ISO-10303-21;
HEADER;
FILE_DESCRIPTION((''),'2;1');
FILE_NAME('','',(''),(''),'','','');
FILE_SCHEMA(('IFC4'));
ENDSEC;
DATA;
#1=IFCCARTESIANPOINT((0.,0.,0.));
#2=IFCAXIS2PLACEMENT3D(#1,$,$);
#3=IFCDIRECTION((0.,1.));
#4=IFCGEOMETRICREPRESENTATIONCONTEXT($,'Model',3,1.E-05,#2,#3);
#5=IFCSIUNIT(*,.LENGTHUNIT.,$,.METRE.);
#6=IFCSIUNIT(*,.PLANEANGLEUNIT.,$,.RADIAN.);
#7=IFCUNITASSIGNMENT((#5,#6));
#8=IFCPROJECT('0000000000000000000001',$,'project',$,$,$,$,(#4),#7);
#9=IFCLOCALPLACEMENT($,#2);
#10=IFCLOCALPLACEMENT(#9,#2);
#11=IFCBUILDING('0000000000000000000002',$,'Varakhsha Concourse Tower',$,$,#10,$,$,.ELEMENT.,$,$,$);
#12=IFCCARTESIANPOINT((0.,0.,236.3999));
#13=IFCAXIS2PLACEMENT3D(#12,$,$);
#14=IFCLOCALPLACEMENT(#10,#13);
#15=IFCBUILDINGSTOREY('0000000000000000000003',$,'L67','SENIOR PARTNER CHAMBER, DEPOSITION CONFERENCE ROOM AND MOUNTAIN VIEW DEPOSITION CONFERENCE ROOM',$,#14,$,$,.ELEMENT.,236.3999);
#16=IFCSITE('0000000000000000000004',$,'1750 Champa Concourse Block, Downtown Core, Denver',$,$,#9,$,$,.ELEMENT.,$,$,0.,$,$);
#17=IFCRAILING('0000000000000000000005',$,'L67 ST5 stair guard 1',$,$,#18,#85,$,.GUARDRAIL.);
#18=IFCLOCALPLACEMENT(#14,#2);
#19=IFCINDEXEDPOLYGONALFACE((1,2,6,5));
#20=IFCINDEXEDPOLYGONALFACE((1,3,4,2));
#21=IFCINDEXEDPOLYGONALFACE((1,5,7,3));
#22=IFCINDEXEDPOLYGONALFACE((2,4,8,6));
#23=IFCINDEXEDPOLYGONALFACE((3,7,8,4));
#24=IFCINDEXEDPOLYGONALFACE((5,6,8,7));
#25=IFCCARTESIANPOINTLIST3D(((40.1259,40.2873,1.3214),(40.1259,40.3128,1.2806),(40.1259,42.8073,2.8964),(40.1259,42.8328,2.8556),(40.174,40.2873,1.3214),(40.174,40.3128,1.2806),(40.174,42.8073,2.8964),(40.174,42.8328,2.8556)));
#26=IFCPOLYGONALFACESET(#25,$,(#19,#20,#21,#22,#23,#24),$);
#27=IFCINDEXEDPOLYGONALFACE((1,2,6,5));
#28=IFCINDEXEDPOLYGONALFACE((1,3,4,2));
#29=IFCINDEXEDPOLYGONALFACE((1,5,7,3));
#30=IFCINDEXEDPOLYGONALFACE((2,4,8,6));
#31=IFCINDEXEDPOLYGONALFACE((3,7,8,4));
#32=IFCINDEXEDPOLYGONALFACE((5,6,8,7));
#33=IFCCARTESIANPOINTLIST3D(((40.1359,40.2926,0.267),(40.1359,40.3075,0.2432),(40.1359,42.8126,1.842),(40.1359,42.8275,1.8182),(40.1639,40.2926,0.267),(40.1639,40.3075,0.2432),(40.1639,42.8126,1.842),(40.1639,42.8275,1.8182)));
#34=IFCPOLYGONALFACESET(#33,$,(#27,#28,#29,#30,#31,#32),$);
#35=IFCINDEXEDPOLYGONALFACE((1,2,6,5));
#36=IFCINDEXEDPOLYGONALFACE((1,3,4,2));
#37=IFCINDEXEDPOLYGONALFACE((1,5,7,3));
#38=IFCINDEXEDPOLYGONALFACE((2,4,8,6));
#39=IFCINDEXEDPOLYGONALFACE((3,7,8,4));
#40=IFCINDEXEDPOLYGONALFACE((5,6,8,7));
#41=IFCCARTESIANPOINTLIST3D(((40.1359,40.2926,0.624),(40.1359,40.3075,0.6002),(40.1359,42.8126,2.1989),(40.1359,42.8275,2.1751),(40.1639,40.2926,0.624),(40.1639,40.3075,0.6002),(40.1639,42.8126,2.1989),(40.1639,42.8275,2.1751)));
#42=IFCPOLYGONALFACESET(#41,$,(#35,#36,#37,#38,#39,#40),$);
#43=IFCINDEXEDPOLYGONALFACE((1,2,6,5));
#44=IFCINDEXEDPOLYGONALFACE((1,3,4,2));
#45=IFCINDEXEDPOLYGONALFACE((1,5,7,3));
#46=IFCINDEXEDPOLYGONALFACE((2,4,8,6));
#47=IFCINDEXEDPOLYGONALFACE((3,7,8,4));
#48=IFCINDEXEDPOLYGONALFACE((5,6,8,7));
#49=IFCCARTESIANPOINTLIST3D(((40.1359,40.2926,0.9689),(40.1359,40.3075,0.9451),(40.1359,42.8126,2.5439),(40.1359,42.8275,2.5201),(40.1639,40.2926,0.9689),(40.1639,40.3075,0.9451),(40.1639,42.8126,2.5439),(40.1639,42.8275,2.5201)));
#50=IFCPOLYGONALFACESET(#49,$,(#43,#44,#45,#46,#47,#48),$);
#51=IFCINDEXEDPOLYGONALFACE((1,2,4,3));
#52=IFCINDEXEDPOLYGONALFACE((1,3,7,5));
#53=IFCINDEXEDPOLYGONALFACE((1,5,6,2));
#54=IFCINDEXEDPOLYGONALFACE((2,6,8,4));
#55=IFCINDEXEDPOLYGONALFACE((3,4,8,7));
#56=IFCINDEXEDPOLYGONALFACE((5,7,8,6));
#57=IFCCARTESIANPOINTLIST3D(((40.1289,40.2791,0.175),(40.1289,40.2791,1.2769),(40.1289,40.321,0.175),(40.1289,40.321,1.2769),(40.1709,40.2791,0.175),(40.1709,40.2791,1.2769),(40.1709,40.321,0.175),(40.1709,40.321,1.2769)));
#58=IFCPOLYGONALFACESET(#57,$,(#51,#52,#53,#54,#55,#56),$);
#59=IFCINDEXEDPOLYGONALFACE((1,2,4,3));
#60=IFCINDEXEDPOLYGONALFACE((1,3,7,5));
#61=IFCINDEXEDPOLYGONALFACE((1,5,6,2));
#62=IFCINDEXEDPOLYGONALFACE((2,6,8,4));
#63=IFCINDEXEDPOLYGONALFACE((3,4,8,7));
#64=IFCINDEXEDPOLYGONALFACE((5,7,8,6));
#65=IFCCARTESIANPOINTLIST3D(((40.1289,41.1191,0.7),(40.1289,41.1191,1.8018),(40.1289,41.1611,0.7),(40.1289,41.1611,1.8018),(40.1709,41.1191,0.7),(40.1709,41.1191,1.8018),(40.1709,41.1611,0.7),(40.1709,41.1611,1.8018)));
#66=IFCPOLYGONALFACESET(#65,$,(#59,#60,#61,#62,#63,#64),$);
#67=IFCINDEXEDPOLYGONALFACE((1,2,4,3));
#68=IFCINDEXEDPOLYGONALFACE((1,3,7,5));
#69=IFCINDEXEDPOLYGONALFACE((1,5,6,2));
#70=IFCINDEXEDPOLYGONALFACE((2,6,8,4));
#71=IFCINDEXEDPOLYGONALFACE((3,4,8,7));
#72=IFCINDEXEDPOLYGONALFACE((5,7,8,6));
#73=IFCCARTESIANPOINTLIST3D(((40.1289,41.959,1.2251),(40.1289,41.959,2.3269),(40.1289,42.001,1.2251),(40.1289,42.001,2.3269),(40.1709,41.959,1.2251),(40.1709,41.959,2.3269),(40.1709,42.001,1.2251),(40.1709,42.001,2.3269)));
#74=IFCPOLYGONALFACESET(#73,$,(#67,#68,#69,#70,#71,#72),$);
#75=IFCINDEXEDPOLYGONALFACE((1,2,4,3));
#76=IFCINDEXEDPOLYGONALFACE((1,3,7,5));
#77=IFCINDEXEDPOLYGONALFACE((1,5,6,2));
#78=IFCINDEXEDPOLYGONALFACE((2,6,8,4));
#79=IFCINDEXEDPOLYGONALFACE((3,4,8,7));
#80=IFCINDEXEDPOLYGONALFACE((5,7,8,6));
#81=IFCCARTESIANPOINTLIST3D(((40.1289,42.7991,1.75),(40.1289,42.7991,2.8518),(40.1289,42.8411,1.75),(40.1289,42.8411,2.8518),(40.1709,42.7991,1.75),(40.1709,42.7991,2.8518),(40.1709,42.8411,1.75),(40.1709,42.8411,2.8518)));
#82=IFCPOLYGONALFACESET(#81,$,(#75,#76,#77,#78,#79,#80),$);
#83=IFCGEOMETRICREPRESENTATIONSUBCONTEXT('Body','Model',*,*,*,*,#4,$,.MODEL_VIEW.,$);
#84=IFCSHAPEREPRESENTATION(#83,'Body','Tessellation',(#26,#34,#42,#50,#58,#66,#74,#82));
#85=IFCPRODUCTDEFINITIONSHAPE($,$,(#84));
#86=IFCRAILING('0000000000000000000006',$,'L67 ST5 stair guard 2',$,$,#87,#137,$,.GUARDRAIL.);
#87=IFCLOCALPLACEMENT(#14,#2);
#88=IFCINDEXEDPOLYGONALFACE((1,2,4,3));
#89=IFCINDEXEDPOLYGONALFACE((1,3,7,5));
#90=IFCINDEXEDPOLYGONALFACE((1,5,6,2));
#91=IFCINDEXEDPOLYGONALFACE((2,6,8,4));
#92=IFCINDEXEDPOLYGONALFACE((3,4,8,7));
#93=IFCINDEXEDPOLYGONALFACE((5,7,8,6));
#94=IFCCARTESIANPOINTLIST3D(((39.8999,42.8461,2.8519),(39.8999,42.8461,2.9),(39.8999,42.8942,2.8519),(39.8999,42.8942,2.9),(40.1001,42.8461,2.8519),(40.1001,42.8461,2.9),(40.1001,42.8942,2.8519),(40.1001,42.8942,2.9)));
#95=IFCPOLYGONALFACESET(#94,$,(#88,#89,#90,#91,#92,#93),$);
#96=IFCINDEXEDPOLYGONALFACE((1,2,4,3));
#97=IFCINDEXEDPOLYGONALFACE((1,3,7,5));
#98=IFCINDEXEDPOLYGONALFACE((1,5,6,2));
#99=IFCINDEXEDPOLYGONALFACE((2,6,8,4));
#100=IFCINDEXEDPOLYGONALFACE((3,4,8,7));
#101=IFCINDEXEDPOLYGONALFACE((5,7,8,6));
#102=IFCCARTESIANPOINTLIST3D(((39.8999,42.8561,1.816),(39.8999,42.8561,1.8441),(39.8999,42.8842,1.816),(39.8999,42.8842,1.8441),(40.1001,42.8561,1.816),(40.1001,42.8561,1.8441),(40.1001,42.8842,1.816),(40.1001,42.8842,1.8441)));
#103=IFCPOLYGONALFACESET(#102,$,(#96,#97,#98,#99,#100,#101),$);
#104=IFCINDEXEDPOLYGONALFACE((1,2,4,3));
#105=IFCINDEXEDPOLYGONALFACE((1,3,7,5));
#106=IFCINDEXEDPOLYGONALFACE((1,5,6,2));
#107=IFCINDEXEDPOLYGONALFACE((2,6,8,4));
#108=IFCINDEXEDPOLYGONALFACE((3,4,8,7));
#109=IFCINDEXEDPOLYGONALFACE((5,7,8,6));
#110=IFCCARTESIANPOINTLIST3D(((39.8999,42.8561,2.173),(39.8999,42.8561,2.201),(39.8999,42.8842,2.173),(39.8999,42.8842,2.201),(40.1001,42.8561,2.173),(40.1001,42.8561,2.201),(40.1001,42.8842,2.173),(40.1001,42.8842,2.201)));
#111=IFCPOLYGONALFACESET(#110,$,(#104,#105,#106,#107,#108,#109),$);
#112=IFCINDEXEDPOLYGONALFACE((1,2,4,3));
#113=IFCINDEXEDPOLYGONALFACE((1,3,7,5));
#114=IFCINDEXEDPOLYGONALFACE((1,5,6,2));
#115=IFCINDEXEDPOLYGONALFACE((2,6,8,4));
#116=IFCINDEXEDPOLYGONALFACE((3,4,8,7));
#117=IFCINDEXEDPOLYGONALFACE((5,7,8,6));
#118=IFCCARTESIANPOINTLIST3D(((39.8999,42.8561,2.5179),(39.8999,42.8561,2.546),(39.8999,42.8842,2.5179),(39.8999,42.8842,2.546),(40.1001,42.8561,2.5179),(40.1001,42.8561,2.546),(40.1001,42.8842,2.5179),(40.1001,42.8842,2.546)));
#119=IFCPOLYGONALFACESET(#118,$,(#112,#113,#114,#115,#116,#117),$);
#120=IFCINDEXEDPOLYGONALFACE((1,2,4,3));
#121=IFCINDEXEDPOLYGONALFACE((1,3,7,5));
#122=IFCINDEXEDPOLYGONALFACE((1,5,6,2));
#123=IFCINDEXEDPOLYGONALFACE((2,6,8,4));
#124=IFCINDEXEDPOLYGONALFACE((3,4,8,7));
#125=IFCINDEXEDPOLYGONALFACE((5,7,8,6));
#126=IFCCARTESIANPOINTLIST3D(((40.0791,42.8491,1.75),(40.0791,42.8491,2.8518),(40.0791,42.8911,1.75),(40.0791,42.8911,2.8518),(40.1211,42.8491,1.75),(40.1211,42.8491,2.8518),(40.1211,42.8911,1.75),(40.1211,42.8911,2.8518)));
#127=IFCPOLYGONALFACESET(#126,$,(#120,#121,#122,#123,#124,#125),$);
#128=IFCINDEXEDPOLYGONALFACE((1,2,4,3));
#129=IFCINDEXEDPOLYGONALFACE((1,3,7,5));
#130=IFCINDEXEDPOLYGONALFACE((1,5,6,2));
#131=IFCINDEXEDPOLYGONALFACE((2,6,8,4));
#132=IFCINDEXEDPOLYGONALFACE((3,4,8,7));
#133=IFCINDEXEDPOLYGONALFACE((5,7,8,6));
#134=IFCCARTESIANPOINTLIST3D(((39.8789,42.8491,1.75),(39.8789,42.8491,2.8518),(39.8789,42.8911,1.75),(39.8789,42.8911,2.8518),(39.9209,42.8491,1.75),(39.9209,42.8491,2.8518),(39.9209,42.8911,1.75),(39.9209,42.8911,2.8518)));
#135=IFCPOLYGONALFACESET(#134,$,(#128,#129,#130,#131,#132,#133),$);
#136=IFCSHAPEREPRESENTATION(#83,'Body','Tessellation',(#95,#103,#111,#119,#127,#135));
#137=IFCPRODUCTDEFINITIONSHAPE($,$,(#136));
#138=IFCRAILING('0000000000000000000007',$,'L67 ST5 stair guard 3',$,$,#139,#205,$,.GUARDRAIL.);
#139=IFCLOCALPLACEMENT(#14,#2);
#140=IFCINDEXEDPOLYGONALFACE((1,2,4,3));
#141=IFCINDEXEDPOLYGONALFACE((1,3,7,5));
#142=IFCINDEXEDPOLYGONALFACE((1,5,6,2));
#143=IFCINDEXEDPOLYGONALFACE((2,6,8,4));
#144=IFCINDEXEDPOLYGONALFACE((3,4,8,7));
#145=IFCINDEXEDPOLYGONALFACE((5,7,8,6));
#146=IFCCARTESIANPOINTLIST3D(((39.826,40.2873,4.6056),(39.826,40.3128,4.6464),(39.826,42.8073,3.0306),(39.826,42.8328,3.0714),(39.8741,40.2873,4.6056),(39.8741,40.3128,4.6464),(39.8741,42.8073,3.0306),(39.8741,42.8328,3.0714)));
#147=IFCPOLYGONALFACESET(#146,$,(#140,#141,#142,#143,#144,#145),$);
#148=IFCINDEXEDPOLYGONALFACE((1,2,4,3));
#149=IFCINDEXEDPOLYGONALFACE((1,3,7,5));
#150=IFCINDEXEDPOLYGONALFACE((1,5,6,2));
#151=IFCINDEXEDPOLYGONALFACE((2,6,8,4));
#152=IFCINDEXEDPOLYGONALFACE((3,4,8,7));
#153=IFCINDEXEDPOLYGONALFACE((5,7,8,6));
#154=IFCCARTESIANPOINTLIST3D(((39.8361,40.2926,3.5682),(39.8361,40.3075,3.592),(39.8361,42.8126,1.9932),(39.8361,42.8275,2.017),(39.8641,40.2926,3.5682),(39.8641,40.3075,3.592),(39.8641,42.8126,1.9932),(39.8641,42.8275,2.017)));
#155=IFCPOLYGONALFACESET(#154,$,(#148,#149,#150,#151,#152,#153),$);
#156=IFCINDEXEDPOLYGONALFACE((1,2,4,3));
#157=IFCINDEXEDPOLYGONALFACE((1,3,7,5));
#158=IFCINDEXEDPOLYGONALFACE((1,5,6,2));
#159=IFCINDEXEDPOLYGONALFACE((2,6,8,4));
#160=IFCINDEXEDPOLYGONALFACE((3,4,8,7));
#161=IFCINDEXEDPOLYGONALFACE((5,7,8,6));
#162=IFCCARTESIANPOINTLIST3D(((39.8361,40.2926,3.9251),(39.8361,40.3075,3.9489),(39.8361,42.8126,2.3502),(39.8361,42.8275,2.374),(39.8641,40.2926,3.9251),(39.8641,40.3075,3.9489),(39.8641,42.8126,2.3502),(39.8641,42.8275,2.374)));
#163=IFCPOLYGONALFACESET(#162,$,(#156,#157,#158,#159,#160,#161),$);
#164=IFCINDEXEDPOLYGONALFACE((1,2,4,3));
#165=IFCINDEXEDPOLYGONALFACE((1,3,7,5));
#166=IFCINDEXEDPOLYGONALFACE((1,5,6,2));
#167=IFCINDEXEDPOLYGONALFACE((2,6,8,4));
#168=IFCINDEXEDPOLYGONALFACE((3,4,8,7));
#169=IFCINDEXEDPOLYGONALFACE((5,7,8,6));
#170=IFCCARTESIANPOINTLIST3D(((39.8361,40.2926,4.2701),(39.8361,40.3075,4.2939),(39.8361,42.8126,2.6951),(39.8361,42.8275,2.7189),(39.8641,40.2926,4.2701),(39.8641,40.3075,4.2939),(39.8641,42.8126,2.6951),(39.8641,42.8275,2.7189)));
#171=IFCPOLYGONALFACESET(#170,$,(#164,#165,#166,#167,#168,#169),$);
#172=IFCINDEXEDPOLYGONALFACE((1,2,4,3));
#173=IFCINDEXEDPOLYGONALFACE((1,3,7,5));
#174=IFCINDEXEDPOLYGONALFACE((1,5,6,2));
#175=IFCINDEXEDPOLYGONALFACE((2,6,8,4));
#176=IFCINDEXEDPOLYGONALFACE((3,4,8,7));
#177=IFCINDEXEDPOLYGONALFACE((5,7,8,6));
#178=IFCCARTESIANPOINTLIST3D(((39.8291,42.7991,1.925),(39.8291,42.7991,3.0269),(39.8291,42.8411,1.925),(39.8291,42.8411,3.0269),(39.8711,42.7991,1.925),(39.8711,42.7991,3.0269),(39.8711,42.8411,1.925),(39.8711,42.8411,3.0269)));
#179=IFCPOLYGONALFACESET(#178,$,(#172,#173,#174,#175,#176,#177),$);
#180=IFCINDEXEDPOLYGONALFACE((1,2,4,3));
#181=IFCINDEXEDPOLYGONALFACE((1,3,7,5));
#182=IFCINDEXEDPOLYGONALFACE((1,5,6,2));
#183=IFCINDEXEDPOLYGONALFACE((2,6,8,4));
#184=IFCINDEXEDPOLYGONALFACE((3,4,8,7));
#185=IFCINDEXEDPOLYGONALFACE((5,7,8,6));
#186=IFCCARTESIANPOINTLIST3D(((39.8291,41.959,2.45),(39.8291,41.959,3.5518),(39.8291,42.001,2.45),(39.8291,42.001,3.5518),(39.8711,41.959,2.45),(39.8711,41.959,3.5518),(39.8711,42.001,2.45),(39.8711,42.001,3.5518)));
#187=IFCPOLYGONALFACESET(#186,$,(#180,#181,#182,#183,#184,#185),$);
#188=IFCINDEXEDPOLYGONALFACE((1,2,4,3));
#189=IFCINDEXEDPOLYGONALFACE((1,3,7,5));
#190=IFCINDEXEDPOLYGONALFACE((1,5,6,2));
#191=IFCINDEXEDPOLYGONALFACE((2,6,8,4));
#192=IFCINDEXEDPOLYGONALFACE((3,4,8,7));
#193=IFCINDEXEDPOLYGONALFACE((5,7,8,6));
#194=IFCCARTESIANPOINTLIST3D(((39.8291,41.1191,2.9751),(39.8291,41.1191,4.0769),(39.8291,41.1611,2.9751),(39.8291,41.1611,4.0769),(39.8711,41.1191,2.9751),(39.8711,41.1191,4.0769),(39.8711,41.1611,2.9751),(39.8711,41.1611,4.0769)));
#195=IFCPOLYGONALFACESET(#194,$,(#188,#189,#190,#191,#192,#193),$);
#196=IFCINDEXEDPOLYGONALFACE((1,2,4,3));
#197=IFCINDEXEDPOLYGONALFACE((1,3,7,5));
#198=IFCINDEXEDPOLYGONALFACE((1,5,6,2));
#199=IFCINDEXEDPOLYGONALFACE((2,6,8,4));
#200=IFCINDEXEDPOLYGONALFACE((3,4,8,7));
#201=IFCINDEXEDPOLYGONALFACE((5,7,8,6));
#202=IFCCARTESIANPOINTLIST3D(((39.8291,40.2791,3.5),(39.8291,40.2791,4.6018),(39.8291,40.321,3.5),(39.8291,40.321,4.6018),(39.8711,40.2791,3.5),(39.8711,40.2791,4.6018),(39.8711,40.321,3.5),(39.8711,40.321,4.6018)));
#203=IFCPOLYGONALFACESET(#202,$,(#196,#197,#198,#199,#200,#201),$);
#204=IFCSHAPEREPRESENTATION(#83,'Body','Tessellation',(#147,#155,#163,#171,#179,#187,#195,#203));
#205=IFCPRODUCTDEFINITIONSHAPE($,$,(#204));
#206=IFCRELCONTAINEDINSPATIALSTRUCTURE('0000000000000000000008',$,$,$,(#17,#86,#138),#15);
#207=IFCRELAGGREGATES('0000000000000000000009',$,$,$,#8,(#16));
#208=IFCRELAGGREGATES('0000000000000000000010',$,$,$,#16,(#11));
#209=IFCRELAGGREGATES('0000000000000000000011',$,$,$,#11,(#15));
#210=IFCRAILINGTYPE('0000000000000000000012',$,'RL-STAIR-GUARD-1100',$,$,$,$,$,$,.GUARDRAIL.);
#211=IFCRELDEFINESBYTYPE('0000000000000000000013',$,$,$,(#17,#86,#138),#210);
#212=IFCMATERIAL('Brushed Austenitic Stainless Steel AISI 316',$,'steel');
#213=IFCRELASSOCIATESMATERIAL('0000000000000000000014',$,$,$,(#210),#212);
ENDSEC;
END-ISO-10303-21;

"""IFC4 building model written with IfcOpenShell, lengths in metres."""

from ifc_helpers import new_model, si_unit, direction, frame, origin, origin_2d, place, context, subcontext, project, spatial, rectangle, extrude, material, type_object, element, save


model = new_model("IFC4")

# Units and contexts
model_context = context("Model", 3, precision=1e-05, world=origin(), true_north=direction((0.0, 1.0)))
body_context = subcontext(model_context, "Body", "Model", "MODEL_VIEW")
ifc_project = project(units=[si_unit("LENGTHUNIT", "METRE"), si_unit("PLANEANGLEUNIT", "RADIAN")], contexts=[model_context])

# Site, building, storey
site_placement = place(None, origin())
site = spatial("IfcSite", under=ifc_project, at=site_placement, Name="1750 Champa Concourse Block, Downtown Core, Denver", CompositionType="ELEMENT", RefElevation=0.0)
building_placement = place(site_placement, origin())
building = spatial("IfcBuilding", under=site, at=building_placement, Name="Varakhsha Concourse Tower", CompositionType="ELEMENT")
storey_placement = place(building_placement, frame((0.0, 0.0, 236.3999)))
storey = spatial("IfcBuildingStorey", under=building, at=storey_placement, Name="L67", Description="SENIOR PARTNER CHAMBER, DEPOSITION CONFERENCE ROOM AND MOUNTAIN VIEW DEPOSITION CONFERENCE ROOM", CompositionType="ELEMENT", Elevation=236.3999)

# Railings
ifc_material_1 = material(Name="Brushed Austenitic Stainless Steel AISI 316", Category="steel")
railing_type_1 = type_object("IfcRailingType", Name="RL-STAIR-GUARD-1100", PredefinedType="GUARDRAIL", material=ifc_material_1)
railing_1_placement = place(storey_placement, frame((40.1499, 40.3, 0.175)))
element("IfcRailing", 1, at=railing_1_placement, inside=storey, type_object=railing_type_1, Name="L67 ST5 stair guard 1", PredefinedType="GUARDRAIL", context=body_context, shape_type="SweptSolid", body=[
    extrude(rectangle(XDim=0.0481, YDim=0.0481, at=origin_2d()), frame((0.0, 0.0, 1.126), z_axis=(0.0, 0.848008, 0.529984), x_axis=(-1.0, 0.0, 0.0)), (0.0, 0.0, 1.0), 2.9717),
    extrude(rectangle(XDim=0.0281, YDim=0.0281, at=origin_2d()), frame((0.0, 0.0, 0.0801), z_axis=(0.0, 0.848008, 0.529984), x_axis=(-1.0, 0.0, 0.0)), (0.0, 0.0, 1.0), 2.9717),
    extrude(rectangle(XDim=0.0281, YDim=0.0281, at=origin_2d()), frame((0.0, 0.0, 0.437), z_axis=(0.0, 0.848008, 0.529984), x_axis=(-1.0, 0.0, 0.0)), (0.0, 0.0, 1.0), 2.9717),
    extrude(rectangle(XDim=0.0281, YDim=0.0281, at=origin_2d()), frame((0.0, 0.0, 0.782), z_axis=(0.0, 0.848008, 0.529984), x_axis=(-1.0, 0.0, 0.0)), (0.0, 0.0, 1.0), 2.9717),
    extrude(rectangle(XDim=0.042, YDim=0.042, at=origin_2d()), origin(), (0.0, 0.0, 1.0), 1.1018),
    extrude(rectangle(XDim=0.042, YDim=0.042, at=origin_2d()), frame((0.0, 0.8401, 0.5249)), (0.0, 0.0, 1.0), 1.1018),
    extrude(rectangle(XDim=0.042, YDim=0.042, at=origin_2d()), frame((0.0, 1.6799, 1.05)), (0.0, 0.0, 1.0), 1.1018),
    extrude(rectangle(XDim=0.042, YDim=0.042, at=origin_2d()), frame((0.0, 2.52, 1.575)), (0.0, 0.0, 1.0), 1.1018),
])
railing_2_placement = place(storey_placement, frame((40.1001, 42.8701, 1.75)))
element("IfcRailing", 2, at=railing_2_placement, inside=storey, type_object=railing_type_1, Name="L67 ST5 stair guard 2", PredefinedType="GUARDRAIL", context=body_context, shape_type="SweptSolid", body=[
    extrude(rectangle(XDim=0.0481, YDim=0.0481, at=origin_2d()), frame((0.0, 0.0, 1.126), z_axis=(-1.0, 0.0, 0.0), x_axis=(0.0, -1.0, 0.0)), (0.0, 0.0, 1.0), 0.2002),
    extrude(rectangle(XDim=0.0281, YDim=0.0281, at=origin_2d()), frame((0.0, 0.0, 0.0801), z_axis=(-1.0, 0.0, 0.0), x_axis=(0.0, -1.0, 0.0)), (0.0, 0.0, 1.0), 0.2002),
    extrude(rectangle(XDim=0.0281, YDim=0.0281, at=origin_2d()), frame((0.0, 0.0, 0.437), z_axis=(-1.0, 0.0, 0.0), x_axis=(0.0, -1.0, 0.0)), (0.0, 0.0, 1.0), 0.2002),
    extrude(rectangle(XDim=0.0281, YDim=0.0281, at=origin_2d()), frame((0.0, 0.0, 0.782), z_axis=(-1.0, 0.0, 0.0), x_axis=(0.0, -1.0, 0.0)), (0.0, 0.0, 1.0), 0.2002),
    extrude(rectangle(XDim=0.042, YDim=0.042, at=origin_2d()), origin(), (0.0, 0.0, 1.0), 1.1018),
    extrude(rectangle(XDim=0.042, YDim=0.042, at=origin_2d()), frame((-0.2002, 0.0, 0.0)), (0.0, 0.0, 1.0), 1.1018),
])
railing_3_placement = place(storey_placement, frame((39.8501, 42.8201, 1.925)))
element("IfcRailing", 3, at=railing_3_placement, inside=storey, type_object=railing_type_1, Name="L67 ST5 stair guard 3", PredefinedType="GUARDRAIL", context=body_context, shape_type="SweptSolid", body=[
    extrude(rectangle(XDim=0.0481, YDim=0.0481, at=origin_2d()), frame((0.0, 0.0, 1.126), z_axis=(0.0, -0.848008, 0.529984), x_axis=(1.0, 0.0, 0.0)), (0.0, 0.0, 1.0), 2.9717),
    extrude(rectangle(XDim=0.0281, YDim=0.0281, at=origin_2d()), frame((0.0, 0.0, 0.0801), z_axis=(0.0, -0.848008, 0.529984), x_axis=(1.0, 0.0, 0.0)), (0.0, 0.0, 1.0), 2.9717),
    extrude(rectangle(XDim=0.0281, YDim=0.0281, at=origin_2d()), frame((0.0, 0.0, 0.437), z_axis=(0.0, -0.848008, 0.529984), x_axis=(1.0, 0.0, 0.0)), (0.0, 0.0, 1.0), 2.9717),
    extrude(rectangle(XDim=0.0281, YDim=0.0281, at=origin_2d()), frame((0.0, 0.0, 0.782), z_axis=(0.0, -0.848008, 0.529984), x_axis=(1.0, 0.0, 0.0)), (0.0, 0.0, 1.0), 2.9717),
    extrude(rectangle(XDim=0.042, YDim=0.042, at=origin_2d()), origin(), (0.0, 0.0, 1.0), 1.1018),
    extrude(rectangle(XDim=0.042, YDim=0.042, at=origin_2d()), frame((0.0, -0.8401, 0.5249)), (0.0, 0.0, 1.0), 1.1018),
    extrude(rectangle(XDim=0.042, YDim=0.042, at=origin_2d()), frame((0.0, -1.6799, 1.05)), (0.0, 0.0, 1.0), 1.1018),
    extrude(rectangle(XDim=0.042, YDim=0.042, at=origin_2d()), frame((0.0, -2.52, 1.575)), (0.0, 0.0, 1.0), 1.1018),
])

save(model, "model.ifc")
